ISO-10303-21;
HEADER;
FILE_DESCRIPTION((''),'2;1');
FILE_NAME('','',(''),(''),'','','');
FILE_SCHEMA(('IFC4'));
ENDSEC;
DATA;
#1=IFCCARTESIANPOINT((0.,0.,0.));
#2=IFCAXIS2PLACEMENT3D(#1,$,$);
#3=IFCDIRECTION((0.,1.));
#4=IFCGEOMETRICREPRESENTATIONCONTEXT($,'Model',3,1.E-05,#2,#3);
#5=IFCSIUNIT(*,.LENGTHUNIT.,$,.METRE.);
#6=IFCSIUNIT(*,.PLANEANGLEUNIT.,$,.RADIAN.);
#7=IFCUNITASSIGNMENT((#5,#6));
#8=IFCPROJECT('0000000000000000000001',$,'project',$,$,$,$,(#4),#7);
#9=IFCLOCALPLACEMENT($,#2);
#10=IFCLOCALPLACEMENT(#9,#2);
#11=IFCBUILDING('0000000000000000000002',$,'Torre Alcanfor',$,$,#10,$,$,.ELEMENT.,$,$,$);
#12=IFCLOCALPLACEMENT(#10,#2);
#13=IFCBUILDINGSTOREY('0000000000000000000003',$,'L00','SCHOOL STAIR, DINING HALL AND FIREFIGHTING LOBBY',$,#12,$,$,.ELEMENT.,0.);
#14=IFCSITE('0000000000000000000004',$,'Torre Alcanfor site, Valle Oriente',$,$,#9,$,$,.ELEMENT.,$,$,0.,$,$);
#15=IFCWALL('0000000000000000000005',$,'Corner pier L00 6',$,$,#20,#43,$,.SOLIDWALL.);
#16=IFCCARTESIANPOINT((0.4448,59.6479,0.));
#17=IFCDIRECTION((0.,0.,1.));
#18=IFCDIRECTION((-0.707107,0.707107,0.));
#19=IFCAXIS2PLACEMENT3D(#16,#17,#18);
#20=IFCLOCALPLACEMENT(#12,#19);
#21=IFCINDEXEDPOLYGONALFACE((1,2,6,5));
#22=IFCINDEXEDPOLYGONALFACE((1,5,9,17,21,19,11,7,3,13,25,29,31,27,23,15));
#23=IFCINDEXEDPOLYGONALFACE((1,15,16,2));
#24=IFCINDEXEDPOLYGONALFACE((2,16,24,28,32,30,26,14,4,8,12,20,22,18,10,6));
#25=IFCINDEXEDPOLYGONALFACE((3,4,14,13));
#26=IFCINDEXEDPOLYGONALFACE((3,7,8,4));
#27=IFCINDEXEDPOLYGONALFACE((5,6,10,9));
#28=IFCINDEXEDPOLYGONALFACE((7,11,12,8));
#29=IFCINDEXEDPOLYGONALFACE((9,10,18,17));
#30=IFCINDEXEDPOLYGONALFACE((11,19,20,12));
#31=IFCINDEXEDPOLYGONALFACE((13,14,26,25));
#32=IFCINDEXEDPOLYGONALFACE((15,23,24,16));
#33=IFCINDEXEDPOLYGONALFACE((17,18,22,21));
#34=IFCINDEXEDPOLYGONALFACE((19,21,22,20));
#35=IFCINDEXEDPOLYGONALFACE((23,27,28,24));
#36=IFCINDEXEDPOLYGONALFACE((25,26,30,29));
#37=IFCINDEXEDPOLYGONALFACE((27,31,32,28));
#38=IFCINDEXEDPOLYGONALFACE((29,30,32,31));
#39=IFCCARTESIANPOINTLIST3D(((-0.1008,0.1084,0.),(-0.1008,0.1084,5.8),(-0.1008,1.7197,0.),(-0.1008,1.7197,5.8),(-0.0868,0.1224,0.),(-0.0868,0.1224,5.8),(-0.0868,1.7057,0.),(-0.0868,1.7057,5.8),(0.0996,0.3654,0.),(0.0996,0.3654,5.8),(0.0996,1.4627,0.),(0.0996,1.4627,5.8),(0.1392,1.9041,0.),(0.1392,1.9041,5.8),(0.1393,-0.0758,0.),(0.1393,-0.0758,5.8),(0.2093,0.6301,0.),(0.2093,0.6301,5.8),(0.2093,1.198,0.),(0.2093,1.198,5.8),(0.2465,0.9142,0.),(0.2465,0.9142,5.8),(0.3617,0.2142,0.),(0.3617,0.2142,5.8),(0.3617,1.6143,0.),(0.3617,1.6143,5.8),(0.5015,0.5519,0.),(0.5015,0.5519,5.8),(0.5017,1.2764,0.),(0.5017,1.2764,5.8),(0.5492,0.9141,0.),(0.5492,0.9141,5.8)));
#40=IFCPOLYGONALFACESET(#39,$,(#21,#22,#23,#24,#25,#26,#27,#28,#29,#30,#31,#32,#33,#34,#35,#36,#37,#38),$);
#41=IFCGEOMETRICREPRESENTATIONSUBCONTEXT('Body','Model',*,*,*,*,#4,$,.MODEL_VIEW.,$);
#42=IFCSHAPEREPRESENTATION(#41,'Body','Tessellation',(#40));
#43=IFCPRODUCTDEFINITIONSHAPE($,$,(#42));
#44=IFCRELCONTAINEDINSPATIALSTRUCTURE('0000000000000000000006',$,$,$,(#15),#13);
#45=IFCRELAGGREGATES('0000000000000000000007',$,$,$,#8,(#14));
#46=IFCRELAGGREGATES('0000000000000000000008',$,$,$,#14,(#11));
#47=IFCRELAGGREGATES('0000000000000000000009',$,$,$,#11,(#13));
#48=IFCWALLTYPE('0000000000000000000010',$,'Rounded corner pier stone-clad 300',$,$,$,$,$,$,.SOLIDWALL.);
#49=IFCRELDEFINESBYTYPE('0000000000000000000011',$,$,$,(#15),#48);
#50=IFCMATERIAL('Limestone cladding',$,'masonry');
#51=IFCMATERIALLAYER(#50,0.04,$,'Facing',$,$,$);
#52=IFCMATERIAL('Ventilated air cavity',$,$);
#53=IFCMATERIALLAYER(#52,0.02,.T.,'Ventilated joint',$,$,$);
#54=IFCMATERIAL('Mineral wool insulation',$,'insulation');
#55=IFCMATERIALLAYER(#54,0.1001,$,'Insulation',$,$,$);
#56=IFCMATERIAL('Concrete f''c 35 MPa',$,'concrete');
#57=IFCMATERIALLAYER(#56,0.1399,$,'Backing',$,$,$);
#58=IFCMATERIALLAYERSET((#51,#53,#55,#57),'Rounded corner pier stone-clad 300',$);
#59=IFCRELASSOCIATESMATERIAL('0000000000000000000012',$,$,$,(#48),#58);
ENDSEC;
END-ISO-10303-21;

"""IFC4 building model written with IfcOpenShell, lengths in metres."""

from ifc_helpers import new_model, si_unit, direction, frame, origin, place, context, subcontext, project, spatial, polyline, outline, extrude, material, layer, layer_set, type_object, element, save


model = new_model("IFC4")

# Units and contexts
model_context = context("Model", 3, precision=1e-05, world=origin(), true_north=direction((0.0, 1.0)))
body_context = subcontext(model_context, "Body", "Model", "MODEL_VIEW")
ifc_project = project(units=[si_unit("LENGTHUNIT", "METRE"), si_unit("PLANEANGLEUNIT", "RADIAN")], contexts=[model_context])

# Site, building, storey
site_placement = place(None, origin())
site = spatial("IfcSite", under=ifc_project, at=site_placement, Name="Torre Alcanfor site, Valle Oriente", CompositionType="ELEMENT", RefElevation=0.0)
building_placement = place(site_placement, origin())
building = spatial("IfcBuilding", under=site, at=building_placement, Name="Torre Alcanfor", CompositionType="ELEMENT")
storey_placement = place(building_placement, origin())
storey = spatial("IfcBuildingStorey", under=building, at=storey_placement, Name="L00", Description="SCHOOL STAIR, DINING HALL AND FIREFIGHTING LOBBY", CompositionType="ELEMENT", Elevation=0.0)

# Shared definitions
ifc_material_1 = material(Name="Limestone cladding", Category="masonry")
ifc_material_2 = material(Name="Ventilated air cavity")
ifc_material_3 = material(Name="Mineral wool insulation", Category="insulation")
ifc_material_4 = material(Name="Concrete f'c 35 MPa", Category="concrete")

# Wall
ifc_layer_1 = layer(ifc_material_1, 0.04, Name="Facing")
ifc_layer_2 = layer(ifc_material_2, 0.02, ventilated=True, Name="Ventilated joint")
ifc_layer_3 = layer(ifc_material_3, 0.1001, Name="Insulation")
ifc_layer_4 = layer(ifc_material_4, 0.1399, Name="Backing")
ifc_layer_set_1 = layer_set([ifc_layer_1, ifc_layer_2, ifc_layer_3, ifc_layer_4], Name="Rounded corner pier stone-clad 300")
wall_type_1 = type_object("IfcWallType", Name="Rounded corner pier stone-clad 300", PredefinedType="SOLIDWALL", material=ifc_layer_set_1)
wall_1_placement = place(storey_placement, frame((0.4448, 59.6479, 0.0), z_axis=(0.0, 0.0, 1.0), x_axis=(-0.707107, 0.707107, 0.0)))
element("IfcWall", 1, at=wall_1_placement, inside=storey, type_object=wall_type_1, Name="Corner pier L00 6", PredefinedType="SOLIDWALL", context=body_context, shape_type="SweptSolid", body=[
    extrude(outline(polyline([(0.1392, 1.9041), (-0.1008, 1.7197), (-0.0868, 1.7057), (0.0996, 1.4627), (0.2093, 1.198), (0.2465, 0.9142), (0.2093, 0.6301), (0.0996, 0.3654), (-0.0868, 0.1224), (-0.1008, 0.1084), (0.1393, -0.0758), (0.3617, 0.2142), (0.5015, 0.5519), (0.5492, 0.9141), (0.5017, 1.2764), (0.3617, 1.6143), (0.1392, 1.9041)])), origin(), (0.0, 0.0, 1.0), 5.8),
])

save(model, "model.ifc")
